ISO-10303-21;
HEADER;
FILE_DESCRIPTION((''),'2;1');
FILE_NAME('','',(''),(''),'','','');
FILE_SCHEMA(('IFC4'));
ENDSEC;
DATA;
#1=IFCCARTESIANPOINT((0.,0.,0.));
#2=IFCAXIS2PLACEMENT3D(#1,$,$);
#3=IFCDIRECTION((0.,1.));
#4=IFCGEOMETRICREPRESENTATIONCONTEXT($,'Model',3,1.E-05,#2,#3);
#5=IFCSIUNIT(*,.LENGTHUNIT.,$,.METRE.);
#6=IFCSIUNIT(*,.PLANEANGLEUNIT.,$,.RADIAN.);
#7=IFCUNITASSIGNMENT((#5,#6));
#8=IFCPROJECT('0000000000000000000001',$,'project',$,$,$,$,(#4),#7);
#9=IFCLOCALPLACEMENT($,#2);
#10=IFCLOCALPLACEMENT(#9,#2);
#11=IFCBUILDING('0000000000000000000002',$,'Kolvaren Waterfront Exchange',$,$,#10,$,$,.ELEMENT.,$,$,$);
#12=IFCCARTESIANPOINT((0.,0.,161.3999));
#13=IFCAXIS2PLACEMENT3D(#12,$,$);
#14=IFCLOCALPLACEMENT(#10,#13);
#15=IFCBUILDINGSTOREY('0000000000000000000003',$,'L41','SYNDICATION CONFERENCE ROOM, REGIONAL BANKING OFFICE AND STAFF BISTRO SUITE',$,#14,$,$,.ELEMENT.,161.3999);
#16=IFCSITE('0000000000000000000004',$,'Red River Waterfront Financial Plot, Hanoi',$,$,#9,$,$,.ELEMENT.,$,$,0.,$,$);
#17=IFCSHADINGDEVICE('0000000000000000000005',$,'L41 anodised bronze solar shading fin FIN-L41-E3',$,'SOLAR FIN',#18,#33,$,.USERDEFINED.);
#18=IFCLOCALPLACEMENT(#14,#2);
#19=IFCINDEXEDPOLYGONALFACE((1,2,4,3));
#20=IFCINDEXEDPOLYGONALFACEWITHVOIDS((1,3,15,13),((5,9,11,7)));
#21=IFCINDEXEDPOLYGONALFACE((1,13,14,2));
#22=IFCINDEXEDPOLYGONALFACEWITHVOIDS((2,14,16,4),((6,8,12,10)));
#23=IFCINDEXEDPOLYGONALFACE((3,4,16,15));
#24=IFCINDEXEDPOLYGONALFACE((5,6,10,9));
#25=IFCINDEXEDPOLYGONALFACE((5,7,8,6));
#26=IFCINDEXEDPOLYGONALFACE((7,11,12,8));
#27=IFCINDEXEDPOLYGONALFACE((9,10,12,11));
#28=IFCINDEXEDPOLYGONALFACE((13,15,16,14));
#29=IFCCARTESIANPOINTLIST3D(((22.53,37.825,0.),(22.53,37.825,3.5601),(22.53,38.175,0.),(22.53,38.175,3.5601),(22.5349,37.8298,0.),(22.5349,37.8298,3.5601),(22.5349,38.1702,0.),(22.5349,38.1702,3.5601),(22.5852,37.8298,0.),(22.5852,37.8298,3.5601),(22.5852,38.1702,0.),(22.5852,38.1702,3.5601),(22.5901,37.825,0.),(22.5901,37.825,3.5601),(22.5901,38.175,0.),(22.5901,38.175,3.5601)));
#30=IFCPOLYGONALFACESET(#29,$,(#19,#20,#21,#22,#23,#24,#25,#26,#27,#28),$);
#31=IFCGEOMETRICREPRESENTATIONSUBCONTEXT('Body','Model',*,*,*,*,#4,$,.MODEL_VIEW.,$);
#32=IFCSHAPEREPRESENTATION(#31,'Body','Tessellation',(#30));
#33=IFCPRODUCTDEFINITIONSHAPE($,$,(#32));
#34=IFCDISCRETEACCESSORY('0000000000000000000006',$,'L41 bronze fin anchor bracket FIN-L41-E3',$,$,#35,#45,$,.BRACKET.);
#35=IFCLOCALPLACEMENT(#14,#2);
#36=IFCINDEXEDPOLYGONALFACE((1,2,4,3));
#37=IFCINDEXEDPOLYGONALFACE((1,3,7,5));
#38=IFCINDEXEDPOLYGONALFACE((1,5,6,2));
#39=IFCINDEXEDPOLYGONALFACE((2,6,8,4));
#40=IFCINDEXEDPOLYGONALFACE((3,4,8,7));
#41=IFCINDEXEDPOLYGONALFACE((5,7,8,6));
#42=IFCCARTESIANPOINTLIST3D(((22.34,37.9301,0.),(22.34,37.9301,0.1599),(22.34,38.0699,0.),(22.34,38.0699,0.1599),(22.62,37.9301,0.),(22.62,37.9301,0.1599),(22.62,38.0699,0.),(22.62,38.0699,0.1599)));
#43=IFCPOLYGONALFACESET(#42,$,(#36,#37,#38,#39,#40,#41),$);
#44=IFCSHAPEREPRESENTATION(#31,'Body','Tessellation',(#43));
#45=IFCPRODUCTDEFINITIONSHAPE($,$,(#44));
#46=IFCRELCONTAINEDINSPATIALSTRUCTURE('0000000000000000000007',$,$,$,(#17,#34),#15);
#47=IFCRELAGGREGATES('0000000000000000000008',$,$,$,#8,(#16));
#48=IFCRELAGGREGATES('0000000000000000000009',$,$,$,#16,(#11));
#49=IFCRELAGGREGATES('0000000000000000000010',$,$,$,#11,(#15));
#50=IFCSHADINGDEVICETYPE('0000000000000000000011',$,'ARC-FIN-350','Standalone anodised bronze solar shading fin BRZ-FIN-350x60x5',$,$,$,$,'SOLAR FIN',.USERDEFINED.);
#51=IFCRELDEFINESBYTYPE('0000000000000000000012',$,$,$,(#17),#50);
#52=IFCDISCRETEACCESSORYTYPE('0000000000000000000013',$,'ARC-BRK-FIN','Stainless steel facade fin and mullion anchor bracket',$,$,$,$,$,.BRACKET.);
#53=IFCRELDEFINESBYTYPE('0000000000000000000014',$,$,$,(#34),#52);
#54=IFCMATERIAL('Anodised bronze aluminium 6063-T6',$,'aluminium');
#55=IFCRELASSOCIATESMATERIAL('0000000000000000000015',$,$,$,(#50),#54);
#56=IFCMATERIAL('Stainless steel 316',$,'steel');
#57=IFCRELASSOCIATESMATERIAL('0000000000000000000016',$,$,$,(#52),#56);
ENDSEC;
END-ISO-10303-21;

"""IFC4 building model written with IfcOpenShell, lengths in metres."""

from ifc_helpers import new_model, si_unit, direction, frame, origin, origin_with_axes, origin_2d, place, context, subcontext, project, spatial, rectangle, hollow_rectangle, extrude, source, transform, mapped, material, material_profile, profile_set, type_object, element, save


model = new_model("IFC4")

# Units and contexts
model_context = context("Model", 3, precision=1e-05, world=origin(), true_north=direction((0.0, 1.0)))
body_context = subcontext(model_context, "Body", "Model", "MODEL_VIEW")
ifc_project = project(units=[si_unit("LENGTHUNIT", "METRE"), si_unit("PLANEANGLEUNIT", "RADIAN")], contexts=[model_context])

# Site, building, storey
site_placement = place(None, origin())
site = spatial("IfcSite", under=ifc_project, at=site_placement, Name="Red River Waterfront Financial Plot, Hanoi", CompositionType="ELEMENT", RefElevation=0.0)
building_placement = place(site_placement, origin())
building = spatial("IfcBuilding", under=site, at=building_placement, Name="Kolvaren Waterfront Exchange", CompositionType="ELEMENT")
storey_placement = place(building_placement, frame((0.0, 0.0, 161.3999)))
storey = spatial("IfcBuildingStorey", under=building, at=storey_placement, Name="L41", Description="SYNDICATION CONFERENCE ROOM, REGIONAL BANKING OFFICE AND STAFF BISTRO SUITE", CompositionType="ELEMENT", Elevation=161.3999)

# Shared definitions
ifc_material_1 = material(Name="Anodised bronze aluminium 6063-T6", Category="aluminium")

# Shading device
ifc_material_profile_1 = material_profile(ifc_material_1, hollow_rectangle(XDim=0.0601, YDim=0.3501, WallThickness=0.0049, at=origin_2d()), Name="BRZ-FIN-350x60x5")
ifc_profile_set_1 = profile_set([ifc_material_profile_1], Name="Anodised bronze aluminium 6063-T6")
shading_device_type = type_object("IfcShadingDeviceType", Name="ARC-FIN-350", Description="Standalone anodised bronze solar shading fin BRZ-FIN-350x60x5", ElementType="SOLAR FIN", PredefinedType="USERDEFINED", material=ifc_profile_set_1)
shading_device_placement = place(storey_placement, frame((22.5601, 38.0, 0.0), z_axis=(0.0, 0.0, 1.0), x_axis=(1.0, 0.0, 0.0)))
element("IfcShadingDevice", 1, at=shading_device_placement, inside=storey, type_object=shading_device_type, Name="L41 anodised bronze solar shading fin FIN-L41-E3", ObjectType="SOLAR FIN", PredefinedType="USERDEFINED", context=body_context, shape_type="SweptSolid", body=[
    extrude(hollow_rectangle(XDim=0.0601, YDim=0.3501, WallThickness=0.0049, at=origin_2d()), origin(), (0.0, 0.0, 1.0), 3.5601),
])

# Discrete accessory
ifc_material_2 = material(Name="Stainless steel 316", Category="steel")
discrete_accessory_type = type_object("IfcDiscreteAccessoryType", Name="ARC-BRK-FIN", Description="Stainless steel facade fin and mullion anchor bracket", PredefinedType="BRACKET", material=ifc_material_2)
shared_shape_1 = source(origin_with_axes(), body_context, "Body", "SweptSolid", [
    extrude(rectangle(XDim=0.28, YDim=0.1399, at=origin_2d()), origin(), (0.0, 0.0, 1.0), 0.1599),
])
discrete_accessory_placement = place(storey_placement, frame((22.48, 38.0, 0.0), z_axis=(0.0, 0.0, 1.0), x_axis=(1.0, 0.0, 0.0)))
element("IfcDiscreteAccessory", 2, at=discrete_accessory_placement, inside=storey, type_object=discrete_accessory_type, Name="L41 bronze fin anchor bracket FIN-L41-E3", PredefinedType="BRACKET", context=body_context, shape_type="MappedRepresentation", body=[
    mapped(shared_shape_1, transform((0.0, 0.0, 0.0), x_axis=(1.0, 0.0, 0.0), y_axis=(0.0, 1.0, 0.0), z_axis=(0.0, 0.0, 1.0), scale=1.0)),
])

save(model, "model.ifc")
